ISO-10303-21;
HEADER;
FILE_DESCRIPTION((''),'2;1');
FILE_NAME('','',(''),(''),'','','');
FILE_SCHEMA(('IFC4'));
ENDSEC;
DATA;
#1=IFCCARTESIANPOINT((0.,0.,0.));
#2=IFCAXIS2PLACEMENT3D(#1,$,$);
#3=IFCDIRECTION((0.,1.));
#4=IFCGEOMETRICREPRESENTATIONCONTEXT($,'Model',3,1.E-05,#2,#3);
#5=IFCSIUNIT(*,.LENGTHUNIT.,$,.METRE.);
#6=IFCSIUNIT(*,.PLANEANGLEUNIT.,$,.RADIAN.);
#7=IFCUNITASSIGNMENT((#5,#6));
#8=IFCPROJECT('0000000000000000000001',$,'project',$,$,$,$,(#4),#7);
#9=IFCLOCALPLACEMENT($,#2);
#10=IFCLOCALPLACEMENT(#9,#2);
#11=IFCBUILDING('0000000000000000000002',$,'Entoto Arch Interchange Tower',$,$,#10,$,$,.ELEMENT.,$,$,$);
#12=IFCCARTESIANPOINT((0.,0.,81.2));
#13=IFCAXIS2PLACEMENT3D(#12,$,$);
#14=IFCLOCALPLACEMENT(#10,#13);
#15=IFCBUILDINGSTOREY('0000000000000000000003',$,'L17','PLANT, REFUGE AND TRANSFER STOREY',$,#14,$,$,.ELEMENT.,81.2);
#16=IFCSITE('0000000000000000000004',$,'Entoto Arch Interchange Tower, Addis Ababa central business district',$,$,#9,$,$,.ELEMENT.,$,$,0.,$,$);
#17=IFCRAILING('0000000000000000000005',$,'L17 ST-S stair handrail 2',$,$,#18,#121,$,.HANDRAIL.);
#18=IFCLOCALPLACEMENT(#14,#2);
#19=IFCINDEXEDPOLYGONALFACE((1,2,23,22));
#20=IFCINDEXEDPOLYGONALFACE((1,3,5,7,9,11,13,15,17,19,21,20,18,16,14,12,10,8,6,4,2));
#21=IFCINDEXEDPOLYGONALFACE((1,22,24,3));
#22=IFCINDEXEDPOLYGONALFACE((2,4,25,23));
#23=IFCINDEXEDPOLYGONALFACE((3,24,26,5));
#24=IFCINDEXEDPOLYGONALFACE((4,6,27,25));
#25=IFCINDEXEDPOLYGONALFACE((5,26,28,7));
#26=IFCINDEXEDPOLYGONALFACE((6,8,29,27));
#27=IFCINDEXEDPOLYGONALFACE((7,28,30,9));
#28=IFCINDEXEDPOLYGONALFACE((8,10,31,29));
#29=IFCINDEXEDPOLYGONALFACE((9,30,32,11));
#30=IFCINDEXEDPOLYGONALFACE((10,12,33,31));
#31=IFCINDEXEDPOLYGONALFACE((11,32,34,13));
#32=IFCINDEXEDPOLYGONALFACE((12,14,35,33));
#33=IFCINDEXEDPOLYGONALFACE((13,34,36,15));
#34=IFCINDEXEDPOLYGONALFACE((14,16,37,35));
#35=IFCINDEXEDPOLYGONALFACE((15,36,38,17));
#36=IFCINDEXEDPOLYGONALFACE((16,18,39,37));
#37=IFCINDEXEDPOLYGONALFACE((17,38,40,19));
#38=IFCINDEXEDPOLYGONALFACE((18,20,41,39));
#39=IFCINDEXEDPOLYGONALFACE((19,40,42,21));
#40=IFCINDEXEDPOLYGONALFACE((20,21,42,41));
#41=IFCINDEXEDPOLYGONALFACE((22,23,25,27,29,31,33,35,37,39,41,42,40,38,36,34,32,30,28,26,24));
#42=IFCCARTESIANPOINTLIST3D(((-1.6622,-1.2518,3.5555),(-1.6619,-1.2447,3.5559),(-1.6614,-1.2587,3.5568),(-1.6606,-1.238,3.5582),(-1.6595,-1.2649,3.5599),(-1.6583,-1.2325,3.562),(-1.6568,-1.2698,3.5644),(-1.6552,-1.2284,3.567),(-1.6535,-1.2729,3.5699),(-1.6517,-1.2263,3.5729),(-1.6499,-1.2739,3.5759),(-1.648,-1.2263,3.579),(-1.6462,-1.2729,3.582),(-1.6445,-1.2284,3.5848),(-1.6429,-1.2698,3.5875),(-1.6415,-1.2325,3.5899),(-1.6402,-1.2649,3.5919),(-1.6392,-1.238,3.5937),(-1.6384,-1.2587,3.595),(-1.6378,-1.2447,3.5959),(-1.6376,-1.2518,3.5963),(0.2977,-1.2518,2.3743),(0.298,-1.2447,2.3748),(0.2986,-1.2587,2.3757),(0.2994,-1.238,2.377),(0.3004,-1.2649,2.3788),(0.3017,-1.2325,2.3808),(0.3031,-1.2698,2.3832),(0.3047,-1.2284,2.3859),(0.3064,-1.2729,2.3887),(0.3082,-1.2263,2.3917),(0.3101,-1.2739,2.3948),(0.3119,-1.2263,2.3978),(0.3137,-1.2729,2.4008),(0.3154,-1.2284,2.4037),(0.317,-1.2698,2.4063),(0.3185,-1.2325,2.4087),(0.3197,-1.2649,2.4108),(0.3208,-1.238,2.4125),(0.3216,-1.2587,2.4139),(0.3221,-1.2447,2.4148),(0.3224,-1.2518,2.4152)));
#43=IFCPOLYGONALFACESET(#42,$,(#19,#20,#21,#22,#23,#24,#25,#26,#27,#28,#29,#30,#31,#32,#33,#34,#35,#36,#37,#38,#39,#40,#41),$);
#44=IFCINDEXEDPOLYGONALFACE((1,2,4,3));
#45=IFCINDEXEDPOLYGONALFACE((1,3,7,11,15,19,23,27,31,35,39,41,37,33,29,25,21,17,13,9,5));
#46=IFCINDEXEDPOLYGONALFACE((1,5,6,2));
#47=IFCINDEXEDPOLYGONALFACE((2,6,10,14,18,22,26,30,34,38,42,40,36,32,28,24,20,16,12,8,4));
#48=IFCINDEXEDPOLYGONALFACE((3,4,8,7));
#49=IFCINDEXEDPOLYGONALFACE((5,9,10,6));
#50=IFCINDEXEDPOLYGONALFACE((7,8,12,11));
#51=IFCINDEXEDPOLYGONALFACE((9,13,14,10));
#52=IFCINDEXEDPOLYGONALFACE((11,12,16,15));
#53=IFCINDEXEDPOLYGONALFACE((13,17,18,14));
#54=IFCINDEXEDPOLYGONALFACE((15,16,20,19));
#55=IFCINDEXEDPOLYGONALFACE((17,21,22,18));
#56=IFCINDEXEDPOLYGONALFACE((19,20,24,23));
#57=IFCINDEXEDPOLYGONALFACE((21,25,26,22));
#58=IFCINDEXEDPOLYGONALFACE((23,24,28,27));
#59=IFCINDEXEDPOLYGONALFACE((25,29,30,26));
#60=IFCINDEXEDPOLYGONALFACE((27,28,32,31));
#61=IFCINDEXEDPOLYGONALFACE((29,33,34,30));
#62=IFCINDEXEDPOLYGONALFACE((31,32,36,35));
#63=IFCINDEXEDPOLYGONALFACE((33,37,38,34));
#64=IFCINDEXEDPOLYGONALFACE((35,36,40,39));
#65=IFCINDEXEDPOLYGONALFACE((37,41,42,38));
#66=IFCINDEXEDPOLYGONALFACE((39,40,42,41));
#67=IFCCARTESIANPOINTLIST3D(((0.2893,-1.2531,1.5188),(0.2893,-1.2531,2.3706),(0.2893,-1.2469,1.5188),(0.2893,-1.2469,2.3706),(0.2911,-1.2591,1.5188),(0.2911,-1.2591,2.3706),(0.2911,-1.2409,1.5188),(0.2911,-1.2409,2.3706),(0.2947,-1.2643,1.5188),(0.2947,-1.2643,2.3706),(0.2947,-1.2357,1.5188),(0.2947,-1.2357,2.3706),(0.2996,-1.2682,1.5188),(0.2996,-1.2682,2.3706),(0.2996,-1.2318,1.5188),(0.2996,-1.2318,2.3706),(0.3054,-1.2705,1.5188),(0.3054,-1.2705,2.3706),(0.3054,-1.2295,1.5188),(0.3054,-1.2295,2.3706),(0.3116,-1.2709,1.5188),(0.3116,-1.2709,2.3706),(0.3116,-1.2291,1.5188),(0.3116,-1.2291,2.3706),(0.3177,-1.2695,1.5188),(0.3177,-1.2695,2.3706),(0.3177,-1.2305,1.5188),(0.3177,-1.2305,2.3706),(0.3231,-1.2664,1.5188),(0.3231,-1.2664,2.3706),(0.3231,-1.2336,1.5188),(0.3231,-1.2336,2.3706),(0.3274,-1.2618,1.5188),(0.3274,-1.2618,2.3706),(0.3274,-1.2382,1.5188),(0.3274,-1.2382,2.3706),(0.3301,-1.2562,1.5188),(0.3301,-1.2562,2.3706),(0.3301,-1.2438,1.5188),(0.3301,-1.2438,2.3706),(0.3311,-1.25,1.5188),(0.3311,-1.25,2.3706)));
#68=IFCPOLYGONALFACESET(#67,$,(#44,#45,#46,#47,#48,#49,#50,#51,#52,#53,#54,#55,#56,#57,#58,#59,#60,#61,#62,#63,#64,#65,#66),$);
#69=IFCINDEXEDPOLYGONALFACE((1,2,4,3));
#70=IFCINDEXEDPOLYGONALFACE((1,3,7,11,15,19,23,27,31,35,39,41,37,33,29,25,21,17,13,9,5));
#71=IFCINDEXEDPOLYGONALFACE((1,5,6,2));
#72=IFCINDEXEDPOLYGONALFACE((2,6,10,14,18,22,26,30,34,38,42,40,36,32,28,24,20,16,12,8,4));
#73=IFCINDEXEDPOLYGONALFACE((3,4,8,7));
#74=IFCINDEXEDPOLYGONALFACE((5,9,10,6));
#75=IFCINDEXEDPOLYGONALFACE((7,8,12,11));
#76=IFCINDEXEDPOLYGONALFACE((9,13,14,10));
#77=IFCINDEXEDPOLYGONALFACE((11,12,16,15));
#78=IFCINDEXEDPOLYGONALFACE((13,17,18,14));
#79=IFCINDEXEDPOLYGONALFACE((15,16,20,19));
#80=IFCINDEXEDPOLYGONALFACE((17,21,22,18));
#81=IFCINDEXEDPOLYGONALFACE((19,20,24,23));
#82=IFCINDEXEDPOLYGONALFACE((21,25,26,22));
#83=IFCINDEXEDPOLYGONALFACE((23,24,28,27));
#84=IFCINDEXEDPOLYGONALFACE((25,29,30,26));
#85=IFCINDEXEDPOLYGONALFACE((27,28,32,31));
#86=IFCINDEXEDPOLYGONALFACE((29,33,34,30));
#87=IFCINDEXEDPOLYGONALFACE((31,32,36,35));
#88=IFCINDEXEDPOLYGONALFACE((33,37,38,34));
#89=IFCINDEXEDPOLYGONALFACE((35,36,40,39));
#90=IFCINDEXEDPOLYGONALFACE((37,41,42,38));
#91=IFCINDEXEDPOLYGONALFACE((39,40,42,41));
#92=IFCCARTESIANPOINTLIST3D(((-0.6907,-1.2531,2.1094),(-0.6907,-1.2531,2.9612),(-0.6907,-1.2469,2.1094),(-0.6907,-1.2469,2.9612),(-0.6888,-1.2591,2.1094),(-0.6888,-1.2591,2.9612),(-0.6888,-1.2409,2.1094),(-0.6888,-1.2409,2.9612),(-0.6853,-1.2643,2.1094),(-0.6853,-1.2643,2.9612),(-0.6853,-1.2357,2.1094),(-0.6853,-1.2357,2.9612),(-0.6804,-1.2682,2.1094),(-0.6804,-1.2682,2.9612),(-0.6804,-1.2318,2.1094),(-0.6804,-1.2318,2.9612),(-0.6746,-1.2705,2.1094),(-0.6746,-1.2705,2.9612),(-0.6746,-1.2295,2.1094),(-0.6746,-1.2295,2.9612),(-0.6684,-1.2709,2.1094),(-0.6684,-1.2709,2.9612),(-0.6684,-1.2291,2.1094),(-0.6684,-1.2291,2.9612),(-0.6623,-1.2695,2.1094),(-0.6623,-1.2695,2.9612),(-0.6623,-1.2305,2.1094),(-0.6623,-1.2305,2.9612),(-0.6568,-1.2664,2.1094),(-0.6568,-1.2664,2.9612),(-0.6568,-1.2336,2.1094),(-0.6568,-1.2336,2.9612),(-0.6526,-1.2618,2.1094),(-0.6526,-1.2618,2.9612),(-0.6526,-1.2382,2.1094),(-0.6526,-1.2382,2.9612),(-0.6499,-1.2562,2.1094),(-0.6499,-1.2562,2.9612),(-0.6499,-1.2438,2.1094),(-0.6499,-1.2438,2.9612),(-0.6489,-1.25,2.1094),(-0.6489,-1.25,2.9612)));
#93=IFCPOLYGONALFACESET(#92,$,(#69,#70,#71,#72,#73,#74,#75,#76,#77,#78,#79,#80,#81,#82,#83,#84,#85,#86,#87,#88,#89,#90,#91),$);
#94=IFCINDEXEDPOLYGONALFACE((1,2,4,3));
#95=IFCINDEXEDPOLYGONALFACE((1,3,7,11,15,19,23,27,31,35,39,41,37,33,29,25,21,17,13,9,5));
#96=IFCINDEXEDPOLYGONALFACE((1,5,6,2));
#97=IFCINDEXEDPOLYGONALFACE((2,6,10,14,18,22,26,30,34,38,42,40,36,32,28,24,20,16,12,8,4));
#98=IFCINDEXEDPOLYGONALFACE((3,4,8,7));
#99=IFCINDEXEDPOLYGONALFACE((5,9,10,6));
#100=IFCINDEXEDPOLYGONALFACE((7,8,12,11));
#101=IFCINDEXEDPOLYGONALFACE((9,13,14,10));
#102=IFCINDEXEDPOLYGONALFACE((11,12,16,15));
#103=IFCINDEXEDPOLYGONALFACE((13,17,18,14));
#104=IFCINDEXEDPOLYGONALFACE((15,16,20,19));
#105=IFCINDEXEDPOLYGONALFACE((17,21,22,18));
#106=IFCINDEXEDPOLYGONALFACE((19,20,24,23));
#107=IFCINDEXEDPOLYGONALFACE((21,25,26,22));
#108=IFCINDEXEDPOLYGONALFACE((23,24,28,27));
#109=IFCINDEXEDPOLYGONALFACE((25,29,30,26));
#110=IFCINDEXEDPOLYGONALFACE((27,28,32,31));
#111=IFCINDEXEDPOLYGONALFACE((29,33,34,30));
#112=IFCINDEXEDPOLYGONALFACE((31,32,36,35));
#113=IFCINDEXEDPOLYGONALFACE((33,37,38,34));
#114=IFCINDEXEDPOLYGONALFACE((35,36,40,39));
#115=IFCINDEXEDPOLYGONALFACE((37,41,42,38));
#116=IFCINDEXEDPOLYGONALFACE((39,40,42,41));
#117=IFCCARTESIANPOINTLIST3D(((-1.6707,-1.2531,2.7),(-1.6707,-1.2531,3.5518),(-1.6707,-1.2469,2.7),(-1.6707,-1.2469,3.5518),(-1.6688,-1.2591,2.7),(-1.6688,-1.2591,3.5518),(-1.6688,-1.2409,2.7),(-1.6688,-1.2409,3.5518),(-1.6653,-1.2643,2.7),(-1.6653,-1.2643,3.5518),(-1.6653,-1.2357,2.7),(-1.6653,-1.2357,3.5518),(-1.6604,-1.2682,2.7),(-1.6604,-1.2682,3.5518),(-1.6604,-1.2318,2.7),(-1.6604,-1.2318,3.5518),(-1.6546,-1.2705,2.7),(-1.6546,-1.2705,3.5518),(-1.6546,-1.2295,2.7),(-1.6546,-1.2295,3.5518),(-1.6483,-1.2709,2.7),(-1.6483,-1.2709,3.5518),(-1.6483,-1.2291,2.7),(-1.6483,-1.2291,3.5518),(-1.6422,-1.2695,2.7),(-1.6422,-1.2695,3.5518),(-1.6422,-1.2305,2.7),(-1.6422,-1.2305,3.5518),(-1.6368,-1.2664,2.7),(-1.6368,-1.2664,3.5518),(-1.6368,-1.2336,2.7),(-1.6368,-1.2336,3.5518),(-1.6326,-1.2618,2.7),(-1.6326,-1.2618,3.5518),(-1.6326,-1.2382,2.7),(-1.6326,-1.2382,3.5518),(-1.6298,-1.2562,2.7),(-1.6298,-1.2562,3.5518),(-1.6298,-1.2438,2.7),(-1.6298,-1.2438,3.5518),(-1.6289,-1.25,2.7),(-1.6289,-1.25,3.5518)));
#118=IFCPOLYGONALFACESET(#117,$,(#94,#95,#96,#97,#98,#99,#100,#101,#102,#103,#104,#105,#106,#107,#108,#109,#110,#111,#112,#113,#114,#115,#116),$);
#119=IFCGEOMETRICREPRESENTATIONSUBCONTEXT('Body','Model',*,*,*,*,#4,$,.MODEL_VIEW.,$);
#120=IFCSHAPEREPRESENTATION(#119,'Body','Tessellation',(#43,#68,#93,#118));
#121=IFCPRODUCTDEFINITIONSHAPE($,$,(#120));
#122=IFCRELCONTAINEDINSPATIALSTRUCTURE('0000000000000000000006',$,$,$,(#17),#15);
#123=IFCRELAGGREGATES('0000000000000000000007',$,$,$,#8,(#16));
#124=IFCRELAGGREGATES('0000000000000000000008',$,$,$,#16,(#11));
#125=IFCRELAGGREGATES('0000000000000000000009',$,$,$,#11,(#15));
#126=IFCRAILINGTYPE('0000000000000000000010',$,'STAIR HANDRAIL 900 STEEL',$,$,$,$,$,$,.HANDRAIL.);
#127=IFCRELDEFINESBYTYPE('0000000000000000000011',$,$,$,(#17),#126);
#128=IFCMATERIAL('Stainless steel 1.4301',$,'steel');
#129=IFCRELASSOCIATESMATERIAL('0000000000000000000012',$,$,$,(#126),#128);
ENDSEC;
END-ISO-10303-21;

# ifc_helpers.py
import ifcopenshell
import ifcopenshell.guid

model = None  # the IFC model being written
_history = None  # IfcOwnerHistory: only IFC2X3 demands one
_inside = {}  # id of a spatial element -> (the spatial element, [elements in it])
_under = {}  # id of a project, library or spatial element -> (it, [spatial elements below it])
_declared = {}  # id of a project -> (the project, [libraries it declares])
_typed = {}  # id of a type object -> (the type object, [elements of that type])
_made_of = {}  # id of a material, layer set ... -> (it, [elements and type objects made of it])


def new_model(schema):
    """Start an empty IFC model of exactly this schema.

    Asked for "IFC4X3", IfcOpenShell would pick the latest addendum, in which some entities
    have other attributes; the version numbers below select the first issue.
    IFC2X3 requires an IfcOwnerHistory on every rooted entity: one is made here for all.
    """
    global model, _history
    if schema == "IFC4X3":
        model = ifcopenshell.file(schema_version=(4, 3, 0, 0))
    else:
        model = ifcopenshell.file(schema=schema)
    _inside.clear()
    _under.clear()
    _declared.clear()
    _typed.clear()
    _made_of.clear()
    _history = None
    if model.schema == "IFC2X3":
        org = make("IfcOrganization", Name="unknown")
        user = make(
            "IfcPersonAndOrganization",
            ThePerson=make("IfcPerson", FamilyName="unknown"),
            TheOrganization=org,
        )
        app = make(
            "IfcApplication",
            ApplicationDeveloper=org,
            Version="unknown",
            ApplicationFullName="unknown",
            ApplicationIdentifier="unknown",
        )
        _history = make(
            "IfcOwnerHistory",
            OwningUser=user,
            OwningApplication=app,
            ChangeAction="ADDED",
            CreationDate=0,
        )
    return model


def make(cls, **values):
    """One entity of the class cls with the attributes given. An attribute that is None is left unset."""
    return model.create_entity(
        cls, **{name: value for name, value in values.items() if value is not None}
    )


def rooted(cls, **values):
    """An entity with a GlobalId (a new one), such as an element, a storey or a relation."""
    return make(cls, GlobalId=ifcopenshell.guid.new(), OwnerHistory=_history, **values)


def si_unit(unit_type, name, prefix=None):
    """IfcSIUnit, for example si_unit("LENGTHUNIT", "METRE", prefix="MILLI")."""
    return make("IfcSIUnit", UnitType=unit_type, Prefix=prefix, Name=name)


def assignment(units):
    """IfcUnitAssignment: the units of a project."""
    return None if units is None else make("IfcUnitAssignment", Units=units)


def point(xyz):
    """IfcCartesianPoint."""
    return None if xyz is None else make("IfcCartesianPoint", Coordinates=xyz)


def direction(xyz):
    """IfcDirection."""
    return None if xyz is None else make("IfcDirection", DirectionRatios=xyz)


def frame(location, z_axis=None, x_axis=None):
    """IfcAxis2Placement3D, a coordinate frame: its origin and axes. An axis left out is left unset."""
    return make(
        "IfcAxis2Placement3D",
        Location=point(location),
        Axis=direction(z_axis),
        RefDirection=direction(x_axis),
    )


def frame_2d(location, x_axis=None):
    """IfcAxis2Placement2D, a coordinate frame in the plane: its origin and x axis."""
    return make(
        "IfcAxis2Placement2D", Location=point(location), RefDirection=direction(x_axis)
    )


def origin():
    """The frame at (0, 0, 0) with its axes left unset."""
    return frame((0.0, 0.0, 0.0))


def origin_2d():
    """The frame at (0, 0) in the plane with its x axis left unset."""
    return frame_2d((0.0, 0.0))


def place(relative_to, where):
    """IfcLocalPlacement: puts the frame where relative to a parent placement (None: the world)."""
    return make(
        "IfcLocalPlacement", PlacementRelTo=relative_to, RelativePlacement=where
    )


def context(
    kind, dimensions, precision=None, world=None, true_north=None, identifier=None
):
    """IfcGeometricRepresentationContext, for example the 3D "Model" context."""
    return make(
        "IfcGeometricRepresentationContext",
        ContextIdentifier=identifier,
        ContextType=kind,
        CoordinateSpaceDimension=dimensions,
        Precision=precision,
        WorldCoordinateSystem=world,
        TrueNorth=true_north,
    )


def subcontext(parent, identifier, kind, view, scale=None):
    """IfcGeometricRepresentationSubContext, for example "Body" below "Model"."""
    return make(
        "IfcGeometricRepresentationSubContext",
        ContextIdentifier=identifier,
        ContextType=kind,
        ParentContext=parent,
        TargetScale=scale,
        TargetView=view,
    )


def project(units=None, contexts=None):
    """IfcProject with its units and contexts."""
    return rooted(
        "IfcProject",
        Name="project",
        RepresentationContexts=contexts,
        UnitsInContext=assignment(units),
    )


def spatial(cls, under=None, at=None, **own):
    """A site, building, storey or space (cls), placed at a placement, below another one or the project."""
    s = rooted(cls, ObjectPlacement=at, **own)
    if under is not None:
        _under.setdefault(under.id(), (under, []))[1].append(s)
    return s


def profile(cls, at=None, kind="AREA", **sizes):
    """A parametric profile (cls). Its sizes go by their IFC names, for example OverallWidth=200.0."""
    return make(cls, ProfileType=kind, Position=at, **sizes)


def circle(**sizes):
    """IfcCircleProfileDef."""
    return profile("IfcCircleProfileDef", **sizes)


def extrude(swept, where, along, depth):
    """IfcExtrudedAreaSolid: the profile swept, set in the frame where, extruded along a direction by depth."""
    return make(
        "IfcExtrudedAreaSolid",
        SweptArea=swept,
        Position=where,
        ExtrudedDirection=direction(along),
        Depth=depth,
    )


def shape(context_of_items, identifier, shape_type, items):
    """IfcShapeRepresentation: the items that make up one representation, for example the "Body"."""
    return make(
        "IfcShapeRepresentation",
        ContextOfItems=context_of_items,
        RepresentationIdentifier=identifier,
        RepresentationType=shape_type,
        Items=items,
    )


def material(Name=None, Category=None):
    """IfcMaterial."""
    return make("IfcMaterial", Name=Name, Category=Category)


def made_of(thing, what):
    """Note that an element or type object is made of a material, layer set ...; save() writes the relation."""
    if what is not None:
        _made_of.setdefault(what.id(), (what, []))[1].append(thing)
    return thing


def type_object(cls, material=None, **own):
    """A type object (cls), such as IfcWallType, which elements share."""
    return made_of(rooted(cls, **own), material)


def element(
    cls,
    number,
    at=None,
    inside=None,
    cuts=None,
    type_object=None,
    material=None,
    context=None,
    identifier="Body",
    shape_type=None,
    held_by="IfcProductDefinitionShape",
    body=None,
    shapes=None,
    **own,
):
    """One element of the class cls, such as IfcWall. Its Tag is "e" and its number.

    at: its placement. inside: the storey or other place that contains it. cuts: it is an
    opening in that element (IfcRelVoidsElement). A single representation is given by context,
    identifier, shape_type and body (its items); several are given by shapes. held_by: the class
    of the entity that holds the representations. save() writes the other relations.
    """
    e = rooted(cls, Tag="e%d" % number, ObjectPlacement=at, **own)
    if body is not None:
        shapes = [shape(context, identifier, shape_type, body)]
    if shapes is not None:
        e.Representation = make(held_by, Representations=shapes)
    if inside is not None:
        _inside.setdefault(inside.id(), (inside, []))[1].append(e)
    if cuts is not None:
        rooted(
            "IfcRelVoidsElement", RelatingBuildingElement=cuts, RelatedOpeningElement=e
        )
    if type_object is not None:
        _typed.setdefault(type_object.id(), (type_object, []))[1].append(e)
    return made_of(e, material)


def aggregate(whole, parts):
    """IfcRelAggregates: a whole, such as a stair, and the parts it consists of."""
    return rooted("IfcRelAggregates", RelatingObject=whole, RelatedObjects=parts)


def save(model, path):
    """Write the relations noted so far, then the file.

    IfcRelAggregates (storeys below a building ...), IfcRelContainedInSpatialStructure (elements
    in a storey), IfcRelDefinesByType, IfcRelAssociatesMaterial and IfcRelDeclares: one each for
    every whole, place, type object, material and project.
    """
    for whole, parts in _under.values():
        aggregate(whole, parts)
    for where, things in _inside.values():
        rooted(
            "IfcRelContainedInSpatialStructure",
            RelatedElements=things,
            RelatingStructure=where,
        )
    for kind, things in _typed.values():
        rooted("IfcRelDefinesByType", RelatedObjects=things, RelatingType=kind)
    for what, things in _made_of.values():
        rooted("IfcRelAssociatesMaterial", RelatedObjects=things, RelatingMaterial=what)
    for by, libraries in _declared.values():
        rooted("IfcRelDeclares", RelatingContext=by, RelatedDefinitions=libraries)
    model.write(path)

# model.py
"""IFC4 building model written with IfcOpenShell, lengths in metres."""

from ifc_helpers import new_model, si_unit, direction, frame, origin, origin_2d, place, context, subcontext, project, spatial, circle, extrude, material, type_object, element, save


model = new_model("IFC4")

# Units and contexts
model_context = context("Model", 3, precision=1e-05, world=origin(), true_north=direction((0.0, 1.0)))
body_context = subcontext(model_context, "Body", "Model", "MODEL_VIEW")
ifc_project = project(units=[si_unit("LENGTHUNIT", "METRE"), si_unit("PLANEANGLEUNIT", "RADIAN")], contexts=[model_context])

# Site, building, storey
site_placement = place(None, origin())
site = spatial("IfcSite", under=ifc_project, at=site_placement, Name="Entoto Arch Interchange Tower, Addis Ababa central business district", CompositionType="ELEMENT", RefElevation=0.0)
building_placement = place(site_placement, origin())
building = spatial("IfcBuilding", under=site, at=building_placement, Name="Entoto Arch Interchange Tower", CompositionType="ELEMENT")
storey_placement = place(building_placement, frame((0.0, 0.0, 81.2)))
storey = spatial("IfcBuildingStorey", under=building, at=storey_placement, Name="L17", Description="PLANT, REFUGE AND TRANSFER STOREY", CompositionType="ELEMENT", Elevation=81.2)

# Railing
ifc_material_1 = material(Name="Stainless steel 1.4301", Category="steel")
railing_type_1 = type_object("IfcRailingType", Name="STAIR HANDRAIL 900 STEEL", PredefinedType="HANDRAIL", material=ifc_material_1)
railing_1_placement = place(storey_placement, frame((0.3101, -1.25, 1.5188)))
element("IfcRailing", 1, at=railing_1_placement, inside=storey, type_object=railing_type_1, Name="L17 ST-S stair handrail 2", PredefinedType="HANDRAIL", context=body_context, shape_type="SweptSolid", body=[
    extrude(circle(Radius=0.0239, at=origin_2d()), frame((0.0, 0.0, 0.876), z_axis=(-0.856493, 0.0, 0.516158), x_axis=(0.0, -1.0, 0.0)), (0.0, 0.0, 1.0), 2.2883),
    extrude(circle(Radius=0.021, at=origin_2d()), origin(), (0.0, 0.0, 1.0), 0.8518),
    extrude(circle(Radius=0.021, at=origin_2d()), frame((-0.98, 0.0, 0.5906)), (0.0, 0.0, 1.0), 0.8518),
    extrude(circle(Radius=0.021, at=origin_2d()), frame((-1.96, 0.0, 1.1812)), (0.0, 0.0, 1.0), 0.8518),
])

save(model, "model.ifc")
